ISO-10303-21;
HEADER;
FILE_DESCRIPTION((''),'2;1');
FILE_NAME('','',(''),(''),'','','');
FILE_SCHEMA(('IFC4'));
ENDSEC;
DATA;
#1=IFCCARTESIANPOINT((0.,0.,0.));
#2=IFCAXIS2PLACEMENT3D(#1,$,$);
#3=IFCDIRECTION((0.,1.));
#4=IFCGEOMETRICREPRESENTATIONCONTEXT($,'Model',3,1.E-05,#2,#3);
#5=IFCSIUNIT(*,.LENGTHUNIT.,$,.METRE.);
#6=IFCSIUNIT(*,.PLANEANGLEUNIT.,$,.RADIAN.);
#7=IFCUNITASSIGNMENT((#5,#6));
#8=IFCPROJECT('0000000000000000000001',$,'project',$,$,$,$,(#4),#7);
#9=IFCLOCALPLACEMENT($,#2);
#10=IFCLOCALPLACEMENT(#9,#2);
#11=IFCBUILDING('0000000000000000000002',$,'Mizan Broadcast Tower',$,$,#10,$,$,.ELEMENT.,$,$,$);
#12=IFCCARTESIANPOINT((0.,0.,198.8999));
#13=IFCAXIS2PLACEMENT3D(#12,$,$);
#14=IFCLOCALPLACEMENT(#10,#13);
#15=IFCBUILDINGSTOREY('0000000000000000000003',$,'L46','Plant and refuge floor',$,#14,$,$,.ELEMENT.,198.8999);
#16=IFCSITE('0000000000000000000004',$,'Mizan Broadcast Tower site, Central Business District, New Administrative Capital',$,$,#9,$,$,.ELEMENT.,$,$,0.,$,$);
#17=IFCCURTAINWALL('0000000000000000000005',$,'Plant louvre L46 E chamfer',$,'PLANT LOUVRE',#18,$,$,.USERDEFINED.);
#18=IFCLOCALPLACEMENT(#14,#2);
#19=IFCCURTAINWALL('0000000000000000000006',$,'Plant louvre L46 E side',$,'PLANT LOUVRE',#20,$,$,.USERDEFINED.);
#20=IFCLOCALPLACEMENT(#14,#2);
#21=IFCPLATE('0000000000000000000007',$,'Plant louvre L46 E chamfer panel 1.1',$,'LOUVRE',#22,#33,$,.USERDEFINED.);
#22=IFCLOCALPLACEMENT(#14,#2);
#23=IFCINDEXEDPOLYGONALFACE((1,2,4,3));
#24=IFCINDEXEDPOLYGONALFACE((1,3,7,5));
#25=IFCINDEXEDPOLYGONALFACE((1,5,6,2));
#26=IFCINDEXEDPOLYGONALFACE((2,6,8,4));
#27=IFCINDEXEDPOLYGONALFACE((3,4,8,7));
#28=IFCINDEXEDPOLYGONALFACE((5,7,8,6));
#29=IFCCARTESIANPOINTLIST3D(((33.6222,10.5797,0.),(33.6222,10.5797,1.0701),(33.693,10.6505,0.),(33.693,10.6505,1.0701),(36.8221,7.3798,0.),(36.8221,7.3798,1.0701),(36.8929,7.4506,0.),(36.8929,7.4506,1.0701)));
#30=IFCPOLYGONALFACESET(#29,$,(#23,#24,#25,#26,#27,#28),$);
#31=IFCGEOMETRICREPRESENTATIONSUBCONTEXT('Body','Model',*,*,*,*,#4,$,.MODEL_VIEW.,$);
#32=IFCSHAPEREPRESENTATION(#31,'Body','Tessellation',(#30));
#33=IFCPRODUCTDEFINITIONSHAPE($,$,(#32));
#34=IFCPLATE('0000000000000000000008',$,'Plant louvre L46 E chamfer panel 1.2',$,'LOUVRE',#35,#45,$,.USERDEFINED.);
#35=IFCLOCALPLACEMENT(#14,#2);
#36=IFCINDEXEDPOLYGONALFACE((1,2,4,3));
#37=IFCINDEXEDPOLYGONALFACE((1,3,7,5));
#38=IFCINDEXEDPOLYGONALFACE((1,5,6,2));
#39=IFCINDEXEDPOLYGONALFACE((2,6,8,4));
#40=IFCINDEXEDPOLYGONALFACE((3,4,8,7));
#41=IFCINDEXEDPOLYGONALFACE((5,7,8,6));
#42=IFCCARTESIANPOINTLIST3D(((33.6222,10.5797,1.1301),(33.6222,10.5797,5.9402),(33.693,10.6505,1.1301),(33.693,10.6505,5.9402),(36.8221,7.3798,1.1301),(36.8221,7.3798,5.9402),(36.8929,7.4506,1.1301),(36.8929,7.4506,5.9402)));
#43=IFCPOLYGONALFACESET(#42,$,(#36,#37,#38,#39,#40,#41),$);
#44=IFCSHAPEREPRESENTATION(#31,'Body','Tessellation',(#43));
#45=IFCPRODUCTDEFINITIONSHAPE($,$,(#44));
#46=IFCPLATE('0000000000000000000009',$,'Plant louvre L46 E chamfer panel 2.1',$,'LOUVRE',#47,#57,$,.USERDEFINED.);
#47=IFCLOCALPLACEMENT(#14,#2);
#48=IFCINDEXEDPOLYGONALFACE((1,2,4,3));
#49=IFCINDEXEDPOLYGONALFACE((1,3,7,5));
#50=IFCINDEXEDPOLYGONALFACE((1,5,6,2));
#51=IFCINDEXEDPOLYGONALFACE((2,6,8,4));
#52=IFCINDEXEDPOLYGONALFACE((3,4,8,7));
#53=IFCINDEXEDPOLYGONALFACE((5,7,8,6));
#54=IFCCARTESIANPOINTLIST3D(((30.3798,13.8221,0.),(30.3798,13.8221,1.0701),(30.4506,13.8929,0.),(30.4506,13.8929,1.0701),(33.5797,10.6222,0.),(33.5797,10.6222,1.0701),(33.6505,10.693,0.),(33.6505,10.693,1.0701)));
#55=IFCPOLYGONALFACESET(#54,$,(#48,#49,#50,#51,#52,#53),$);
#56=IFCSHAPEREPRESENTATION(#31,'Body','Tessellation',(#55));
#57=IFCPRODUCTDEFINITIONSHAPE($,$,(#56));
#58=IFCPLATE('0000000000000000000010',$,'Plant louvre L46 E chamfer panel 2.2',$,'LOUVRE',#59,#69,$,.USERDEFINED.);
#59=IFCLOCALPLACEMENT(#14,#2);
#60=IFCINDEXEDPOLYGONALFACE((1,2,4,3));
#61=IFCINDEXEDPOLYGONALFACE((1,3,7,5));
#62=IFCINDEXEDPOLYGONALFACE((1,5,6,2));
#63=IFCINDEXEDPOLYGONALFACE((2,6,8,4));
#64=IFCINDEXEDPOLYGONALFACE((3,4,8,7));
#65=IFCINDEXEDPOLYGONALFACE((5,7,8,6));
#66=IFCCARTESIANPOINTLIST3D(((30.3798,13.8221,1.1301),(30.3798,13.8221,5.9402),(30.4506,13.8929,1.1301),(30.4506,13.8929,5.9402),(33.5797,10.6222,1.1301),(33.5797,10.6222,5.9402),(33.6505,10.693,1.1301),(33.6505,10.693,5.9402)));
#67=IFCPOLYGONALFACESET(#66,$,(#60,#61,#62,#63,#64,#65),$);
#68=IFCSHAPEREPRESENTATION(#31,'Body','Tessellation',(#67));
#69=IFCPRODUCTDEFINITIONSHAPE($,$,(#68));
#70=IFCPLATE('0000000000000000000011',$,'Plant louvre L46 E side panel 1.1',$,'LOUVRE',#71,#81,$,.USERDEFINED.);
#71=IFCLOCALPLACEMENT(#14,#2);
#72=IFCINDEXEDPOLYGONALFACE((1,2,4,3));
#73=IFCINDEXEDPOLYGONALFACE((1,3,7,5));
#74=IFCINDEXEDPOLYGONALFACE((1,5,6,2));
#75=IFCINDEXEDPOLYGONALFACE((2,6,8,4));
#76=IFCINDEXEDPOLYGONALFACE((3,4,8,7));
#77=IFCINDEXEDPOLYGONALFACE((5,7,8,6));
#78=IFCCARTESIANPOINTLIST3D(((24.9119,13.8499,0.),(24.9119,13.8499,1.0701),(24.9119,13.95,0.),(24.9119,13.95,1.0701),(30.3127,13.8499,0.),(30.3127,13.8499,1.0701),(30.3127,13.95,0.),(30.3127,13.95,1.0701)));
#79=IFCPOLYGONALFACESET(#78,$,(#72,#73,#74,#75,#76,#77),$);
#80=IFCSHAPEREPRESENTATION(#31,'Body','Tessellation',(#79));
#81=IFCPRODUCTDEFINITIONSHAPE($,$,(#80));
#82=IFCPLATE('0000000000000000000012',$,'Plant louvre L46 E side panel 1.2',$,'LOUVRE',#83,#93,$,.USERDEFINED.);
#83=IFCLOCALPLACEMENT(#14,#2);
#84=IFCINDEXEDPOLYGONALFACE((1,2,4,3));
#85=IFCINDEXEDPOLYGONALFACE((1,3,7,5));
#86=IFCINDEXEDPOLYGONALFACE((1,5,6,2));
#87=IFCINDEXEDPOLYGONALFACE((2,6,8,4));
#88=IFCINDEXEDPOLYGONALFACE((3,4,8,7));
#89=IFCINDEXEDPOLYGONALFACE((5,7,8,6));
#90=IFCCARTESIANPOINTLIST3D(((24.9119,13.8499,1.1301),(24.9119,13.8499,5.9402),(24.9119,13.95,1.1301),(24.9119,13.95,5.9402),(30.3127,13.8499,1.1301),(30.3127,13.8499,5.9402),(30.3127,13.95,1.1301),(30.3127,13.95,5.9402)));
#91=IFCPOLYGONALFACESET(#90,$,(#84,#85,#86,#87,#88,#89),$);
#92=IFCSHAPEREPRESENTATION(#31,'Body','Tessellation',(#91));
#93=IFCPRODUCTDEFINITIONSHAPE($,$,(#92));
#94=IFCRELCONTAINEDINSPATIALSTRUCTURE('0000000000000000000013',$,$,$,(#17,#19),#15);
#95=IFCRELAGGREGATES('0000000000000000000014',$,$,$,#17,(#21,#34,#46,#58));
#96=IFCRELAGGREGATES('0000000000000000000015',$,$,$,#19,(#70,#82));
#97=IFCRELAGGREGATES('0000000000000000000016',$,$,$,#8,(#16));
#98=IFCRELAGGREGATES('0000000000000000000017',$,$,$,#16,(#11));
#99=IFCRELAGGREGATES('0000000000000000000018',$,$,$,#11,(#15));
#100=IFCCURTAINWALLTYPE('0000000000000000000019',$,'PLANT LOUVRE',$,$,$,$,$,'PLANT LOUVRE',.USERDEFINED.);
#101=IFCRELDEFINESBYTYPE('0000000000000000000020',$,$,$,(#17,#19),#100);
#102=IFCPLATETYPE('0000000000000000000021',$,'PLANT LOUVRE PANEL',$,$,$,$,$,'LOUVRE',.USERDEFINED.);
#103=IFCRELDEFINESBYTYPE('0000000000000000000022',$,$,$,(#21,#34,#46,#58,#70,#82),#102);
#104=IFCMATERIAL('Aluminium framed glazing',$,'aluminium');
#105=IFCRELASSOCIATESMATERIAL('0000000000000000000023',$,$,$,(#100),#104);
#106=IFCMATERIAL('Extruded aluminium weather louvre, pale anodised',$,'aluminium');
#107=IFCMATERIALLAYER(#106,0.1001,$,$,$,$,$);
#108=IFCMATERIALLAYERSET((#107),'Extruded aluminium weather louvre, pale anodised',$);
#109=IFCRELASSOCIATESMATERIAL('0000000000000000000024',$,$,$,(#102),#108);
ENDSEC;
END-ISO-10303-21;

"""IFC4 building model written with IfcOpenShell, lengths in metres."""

from ifc_helpers import new_model, si_unit, direction, frame, origin, origin_2d, place, context, subcontext, project, spatial, rectangle, extrude, material, layer, layer_set, type_object, element, aggregate, save


model = new_model("IFC4")

# Units and contexts
model_context = context("Model", 3, precision=1e-05, world=origin(), true_north=direction((0.0, 1.0)))
body_context = subcontext(model_context, "Body", "Model", "MODEL_VIEW")
ifc_project = project(units=[si_unit("LENGTHUNIT", "METRE"), si_unit("PLANEANGLEUNIT", "RADIAN")], contexts=[model_context])

# Site, building, storey
site_placement = place(None, origin())
site = spatial("IfcSite", under=ifc_project, at=site_placement, Name="Mizan Broadcast Tower site, Central Business District, New Administrative Capital", CompositionType="ELEMENT", RefElevation=0.0)
building_placement = place(site_placement, origin())
building = spatial("IfcBuilding", under=site, at=building_placement, Name="Mizan Broadcast Tower", CompositionType="ELEMENT")
storey_placement = place(building_placement, frame((0.0, 0.0, 198.8999)))
storey = spatial("IfcBuildingStorey", under=building, at=storey_placement, Name="L46", Description="Plant and refuge floor", CompositionType="ELEMENT", Elevation=198.8999)

# Curtain wall
ifc_material_1 = material(Name="Aluminium framed glazing", Category="aluminium")
curtain_wall_type = type_object("IfcCurtainWallType", Name="PLANT LOUVRE", ElementType="PLANT LOUVRE", PredefinedType="USERDEFINED", material=ifc_material_1)
curtain_wall_1_placement = place(storey_placement, origin())
curtain_wall_1 = element("IfcCurtainWall", 1, at=curtain_wall_1_placement, inside=storey, type_object=curtain_wall_type, Name="Plant louvre L46 E chamfer", ObjectType="PLANT LOUVRE", PredefinedType="USERDEFINED")

# Curtain wall
curtain_wall_2_placement = place(storey_placement, origin())
curtain_wall_2 = element("IfcCurtainWall", 2, at=curtain_wall_2_placement, inside=storey, type_object=curtain_wall_type, Name="Plant louvre L46 E side", ObjectType="PLANT LOUVRE", PredefinedType="USERDEFINED")

# Plates
ifc_material_2 = material(Name="Extruded aluminium weather louvre, pale anodised", Category="aluminium")
ifc_layer = layer(ifc_material_2, 0.1001)
ifc_layer_set = layer_set([ifc_layer], Name="Extruded aluminium weather louvre, pale anodised")
plate_type = type_object("IfcPlateType", Name="PLANT LOUVRE PANEL", ElementType="LOUVRE", PredefinedType="USERDEFINED", material=ifc_layer_set)
plate_1_placement = place(storey_placement, frame((35.2576, 9.0151, 0.0), z_axis=(0.0, 0.0, 1.0), x_axis=(-0.707107, 0.707107, 0.0)))
plate_1 = element("IfcPlate", 3, at=plate_1_placement, type_object=plate_type, Name="Plant louvre L46 E chamfer panel 1.1", ObjectType="LOUVRE", PredefinedType="USERDEFINED", context=body_context, shape_type="SweptSolid", body=[
    extrude(rectangle(XDim=4.5254, YDim=0.1001, at=origin_2d()), origin(), (0.0, 0.0, 1.0), 1.0701),
])
plate_2_placement = place(storey_placement, frame((35.2576, 9.0151, 1.1301), z_axis=(0.0, 0.0, 1.0), x_axis=(-0.707107, 0.707107, 0.0)))
plate_2 = element("IfcPlate", 4, at=plate_2_placement, type_object=plate_type, Name="Plant louvre L46 E chamfer panel 1.2", ObjectType="LOUVRE", PredefinedType="USERDEFINED", context=body_context, shape_type="SweptSolid", body=[
    extrude(rectangle(XDim=4.5254, YDim=0.1001, at=origin_2d()), origin(), (0.0, 0.0, 1.0), 4.8101),
])
plate_3_placement = place(storey_placement, frame((32.0151, 12.2576, 0.0), z_axis=(0.0, 0.0, 1.0), x_axis=(-0.707107, 0.707107, 0.0)))
plate_3 = element("IfcPlate", 5, at=plate_3_placement, type_object=plate_type, Name="Plant louvre L46 E chamfer panel 2.1", ObjectType="LOUVRE", PredefinedType="USERDEFINED", context=body_context, shape_type="SweptSolid", body=[
    extrude(rectangle(XDim=4.5254, YDim=0.1001, at=origin_2d()), origin(), (0.0, 0.0, 1.0), 1.0701),
])
plate_4_placement = place(storey_placement, frame((32.0151, 12.2576, 1.1301), z_axis=(0.0, 0.0, 1.0), x_axis=(-0.707107, 0.707107, 0.0)))
plate_4 = element("IfcPlate", 6, at=plate_4_placement, type_object=plate_type, Name="Plant louvre L46 E chamfer panel 2.2", ObjectType="LOUVRE", PredefinedType="USERDEFINED", context=body_context, shape_type="SweptSolid", body=[
    extrude(rectangle(XDim=4.5254, YDim=0.1001, at=origin_2d()), origin(), (0.0, 0.0, 1.0), 4.8101),
])
aggregate(curtain_wall_1, [plate_1, plate_2, plate_3, plate_4])
plate_5_placement = place(storey_placement, frame((27.6123, 13.8999, 0.0), z_axis=(0.0, 0.0, 1.0), x_axis=(-1.0, 0.0, 0.0)))
plate_5 = element("IfcPlate", 7, at=plate_5_placement, type_object=plate_type, Name="Plant louvre L46 E side panel 1.1", ObjectType="LOUVRE", PredefinedType="USERDEFINED", context=body_context, shape_type="SweptSolid", body=[
    extrude(rectangle(XDim=5.4009, YDim=0.1001, at=origin_2d()), origin(), (0.0, 0.0, 1.0), 1.0701),
])
plate_6_placement = place(storey_placement, frame((27.6123, 13.8999, 1.1301), z_axis=(0.0, 0.0, 1.0), x_axis=(-1.0, 0.0, 0.0)))
plate_6 = element("IfcPlate", 8, at=plate_6_placement, type_object=plate_type, Name="Plant louvre L46 E side panel 1.2", ObjectType="LOUVRE", PredefinedType="USERDEFINED", context=body_context, shape_type="SweptSolid", body=[
    extrude(rectangle(XDim=5.4009, YDim=0.1001, at=origin_2d()), origin(), (0.0, 0.0, 1.0), 4.8101),
])
aggregate(curtain_wall_2, [plate_5, plate_6])

save(model, "model.ifc")
